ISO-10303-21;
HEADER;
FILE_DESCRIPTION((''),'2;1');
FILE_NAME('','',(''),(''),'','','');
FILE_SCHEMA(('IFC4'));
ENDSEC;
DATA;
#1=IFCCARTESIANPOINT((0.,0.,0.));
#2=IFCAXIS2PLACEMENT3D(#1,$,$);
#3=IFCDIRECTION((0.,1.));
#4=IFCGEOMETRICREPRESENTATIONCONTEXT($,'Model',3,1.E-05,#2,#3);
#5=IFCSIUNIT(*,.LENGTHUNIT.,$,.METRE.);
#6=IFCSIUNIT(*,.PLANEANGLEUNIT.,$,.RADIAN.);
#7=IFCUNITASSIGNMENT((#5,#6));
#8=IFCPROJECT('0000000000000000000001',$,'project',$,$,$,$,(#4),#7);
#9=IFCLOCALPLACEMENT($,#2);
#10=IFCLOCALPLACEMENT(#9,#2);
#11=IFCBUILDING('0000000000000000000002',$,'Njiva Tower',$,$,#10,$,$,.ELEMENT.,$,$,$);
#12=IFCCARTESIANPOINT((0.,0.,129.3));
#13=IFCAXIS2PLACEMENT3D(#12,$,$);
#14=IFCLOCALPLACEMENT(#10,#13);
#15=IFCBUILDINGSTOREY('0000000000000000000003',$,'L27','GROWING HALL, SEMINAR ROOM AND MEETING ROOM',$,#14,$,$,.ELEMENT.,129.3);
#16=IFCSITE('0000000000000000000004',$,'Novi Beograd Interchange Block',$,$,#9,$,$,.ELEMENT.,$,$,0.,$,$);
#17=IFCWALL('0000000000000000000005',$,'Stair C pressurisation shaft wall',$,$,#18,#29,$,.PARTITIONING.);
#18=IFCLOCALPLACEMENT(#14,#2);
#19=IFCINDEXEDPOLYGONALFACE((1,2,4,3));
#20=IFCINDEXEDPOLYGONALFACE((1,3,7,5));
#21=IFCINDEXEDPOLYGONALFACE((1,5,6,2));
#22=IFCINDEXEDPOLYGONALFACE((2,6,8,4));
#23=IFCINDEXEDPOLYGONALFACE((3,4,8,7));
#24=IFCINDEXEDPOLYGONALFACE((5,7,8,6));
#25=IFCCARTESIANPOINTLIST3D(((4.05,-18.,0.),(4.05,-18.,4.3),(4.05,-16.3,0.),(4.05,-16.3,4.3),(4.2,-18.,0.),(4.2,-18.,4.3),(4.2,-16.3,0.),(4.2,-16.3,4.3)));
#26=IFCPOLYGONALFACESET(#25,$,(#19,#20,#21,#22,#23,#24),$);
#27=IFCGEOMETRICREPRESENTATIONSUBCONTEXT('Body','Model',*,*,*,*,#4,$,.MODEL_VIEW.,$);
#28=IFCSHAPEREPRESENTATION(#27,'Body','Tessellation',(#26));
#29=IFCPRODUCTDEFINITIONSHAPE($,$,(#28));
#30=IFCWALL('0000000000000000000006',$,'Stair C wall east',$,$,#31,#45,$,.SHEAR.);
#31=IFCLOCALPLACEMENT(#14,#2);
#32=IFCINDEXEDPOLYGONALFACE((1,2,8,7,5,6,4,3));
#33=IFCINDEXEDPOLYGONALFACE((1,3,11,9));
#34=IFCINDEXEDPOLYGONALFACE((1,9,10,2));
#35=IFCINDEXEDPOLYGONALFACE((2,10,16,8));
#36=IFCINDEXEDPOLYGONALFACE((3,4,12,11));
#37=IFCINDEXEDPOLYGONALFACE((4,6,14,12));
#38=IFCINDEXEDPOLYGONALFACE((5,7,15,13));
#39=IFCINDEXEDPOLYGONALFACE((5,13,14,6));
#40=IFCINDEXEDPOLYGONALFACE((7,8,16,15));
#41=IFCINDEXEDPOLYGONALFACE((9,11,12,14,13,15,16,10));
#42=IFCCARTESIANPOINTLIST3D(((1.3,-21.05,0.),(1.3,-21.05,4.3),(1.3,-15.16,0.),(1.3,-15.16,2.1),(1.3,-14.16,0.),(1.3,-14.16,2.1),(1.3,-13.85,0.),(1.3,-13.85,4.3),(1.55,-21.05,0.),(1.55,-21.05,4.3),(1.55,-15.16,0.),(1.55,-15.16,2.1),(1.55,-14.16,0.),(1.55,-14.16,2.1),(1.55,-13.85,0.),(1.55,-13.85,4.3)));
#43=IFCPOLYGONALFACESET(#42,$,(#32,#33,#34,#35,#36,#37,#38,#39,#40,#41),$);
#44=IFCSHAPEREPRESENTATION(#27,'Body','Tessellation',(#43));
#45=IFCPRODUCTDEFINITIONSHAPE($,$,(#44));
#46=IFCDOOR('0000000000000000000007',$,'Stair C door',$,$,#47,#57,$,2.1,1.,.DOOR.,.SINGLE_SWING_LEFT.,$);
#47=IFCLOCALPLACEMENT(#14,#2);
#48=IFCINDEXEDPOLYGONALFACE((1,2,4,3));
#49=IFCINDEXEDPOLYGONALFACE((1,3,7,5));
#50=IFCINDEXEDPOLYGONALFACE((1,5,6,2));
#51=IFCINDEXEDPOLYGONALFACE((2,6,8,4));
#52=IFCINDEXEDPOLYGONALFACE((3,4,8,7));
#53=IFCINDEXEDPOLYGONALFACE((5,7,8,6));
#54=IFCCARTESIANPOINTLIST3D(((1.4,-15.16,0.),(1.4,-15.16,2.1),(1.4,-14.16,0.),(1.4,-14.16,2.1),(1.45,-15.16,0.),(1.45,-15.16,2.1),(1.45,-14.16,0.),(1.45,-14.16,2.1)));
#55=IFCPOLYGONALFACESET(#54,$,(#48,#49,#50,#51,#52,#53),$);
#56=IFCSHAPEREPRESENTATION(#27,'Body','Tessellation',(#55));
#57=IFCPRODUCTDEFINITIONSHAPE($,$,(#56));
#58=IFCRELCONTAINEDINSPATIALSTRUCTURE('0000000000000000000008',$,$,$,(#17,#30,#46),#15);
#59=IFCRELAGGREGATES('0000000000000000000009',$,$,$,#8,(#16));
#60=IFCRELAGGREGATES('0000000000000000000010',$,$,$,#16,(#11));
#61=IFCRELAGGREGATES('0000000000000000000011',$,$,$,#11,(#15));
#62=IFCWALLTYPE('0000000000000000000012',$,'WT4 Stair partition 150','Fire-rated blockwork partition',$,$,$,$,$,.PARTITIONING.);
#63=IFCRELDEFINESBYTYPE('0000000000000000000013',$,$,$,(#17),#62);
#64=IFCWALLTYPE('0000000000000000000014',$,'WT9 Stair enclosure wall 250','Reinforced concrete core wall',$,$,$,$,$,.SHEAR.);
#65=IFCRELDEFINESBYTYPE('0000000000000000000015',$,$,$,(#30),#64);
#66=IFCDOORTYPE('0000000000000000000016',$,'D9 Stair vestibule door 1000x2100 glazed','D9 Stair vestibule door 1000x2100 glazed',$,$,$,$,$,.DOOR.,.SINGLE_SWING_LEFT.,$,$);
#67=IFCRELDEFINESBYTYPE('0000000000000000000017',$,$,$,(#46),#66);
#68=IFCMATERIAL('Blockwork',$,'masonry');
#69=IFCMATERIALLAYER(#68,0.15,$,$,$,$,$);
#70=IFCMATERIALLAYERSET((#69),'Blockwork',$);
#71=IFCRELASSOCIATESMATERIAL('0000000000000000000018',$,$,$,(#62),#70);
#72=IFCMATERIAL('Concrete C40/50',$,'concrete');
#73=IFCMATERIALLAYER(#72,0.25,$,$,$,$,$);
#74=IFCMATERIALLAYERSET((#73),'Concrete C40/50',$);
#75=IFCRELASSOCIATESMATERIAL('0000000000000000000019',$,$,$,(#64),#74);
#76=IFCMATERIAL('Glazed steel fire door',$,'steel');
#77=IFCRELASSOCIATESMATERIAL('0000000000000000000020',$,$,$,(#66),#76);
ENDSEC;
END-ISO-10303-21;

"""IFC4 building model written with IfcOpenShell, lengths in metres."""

from ifc_helpers import new_model, si_unit, direction, frame, frame_2d, origin, place, context, subcontext, project, spatial, rectangle, extrude, material, layer, layer_set, type_object, element, fill, save


model = new_model("IFC4")

# Units and contexts
model_context = context("Model", 3, precision=1e-05, world=origin(), true_north=direction((0.0, 1.0)))
body_context = subcontext(model_context, "Body", "Model", "MODEL_VIEW")
ifc_project = project(units=[si_unit("LENGTHUNIT", "METRE"), si_unit("PLANEANGLEUNIT", "RADIAN")], contexts=[model_context])

# Site, building, storey
site_placement = place(None, origin())
site = spatial("IfcSite", under=ifc_project, at=site_placement, Name="Novi Beograd Interchange Block", CompositionType="ELEMENT", RefElevation=0.0)
building_placement = place(site_placement, origin())
building = spatial("IfcBuilding", under=site, at=building_placement, Name="Njiva Tower", CompositionType="ELEMENT")
storey_placement = place(building_placement, frame((0.0, 0.0, 129.3)))
storey = spatial("IfcBuildingStorey", under=building, at=storey_placement, Name="L27", Description="GROWING HALL, SEMINAR ROOM AND MEETING ROOM", CompositionType="ELEMENT", Elevation=129.3)

# Wall
ifc_material_1 = material(Name="Blockwork", Category="masonry")
ifc_layer_1 = layer(ifc_material_1, 0.15)
ifc_layer_set_1 = layer_set([ifc_layer_1], Name="Blockwork")
wall_type_1 = type_object("IfcWallType", Name="WT4 Stair partition 150", Description="Fire-rated blockwork partition", PredefinedType="PARTITIONING", material=ifc_layer_set_1)
wall_1_placement = place(storey_placement, frame((4.125, -18.0, 0.0), z_axis=(0.0, 0.0, 1.0), x_axis=(0.0, 1.0, 0.0)))
element("IfcWall", 1, at=wall_1_placement, inside=storey, type_object=wall_type_1, Name="Stair C pressurisation shaft wall", PredefinedType="PARTITIONING", context=body_context, shape_type="SweptSolid", body=[
    extrude(rectangle(XDim=1.7, YDim=0.15, at=frame_2d((0.85, 0.0))), origin(), (0.0, 0.0, 1.0), 4.3),
])

# Wall, opening, door
ifc_material_2 = material(Name="Concrete C40/50", Category="concrete")
ifc_layer_2 = layer(ifc_material_2, 0.25)
ifc_layer_set_2 = layer_set([ifc_layer_2], Name="Concrete C40/50")
wall_type_2 = type_object("IfcWallType", Name="WT9 Stair enclosure wall 250", Description="Reinforced concrete core wall", PredefinedType="SHEAR", material=ifc_layer_set_2)
wall_2_placement = place(storey_placement, frame((1.425, -21.05, 0.0), z_axis=(0.0, 0.0, 1.0), x_axis=(0.0, 1.0, 0.0)))
wall_2 = element("IfcWall", 2, at=wall_2_placement, inside=storey, type_object=wall_type_2, Name="Stair C wall east", PredefinedType="SHEAR", context=body_context, shape_type="SweptSolid", body=[
    extrude(rectangle(XDim=7.2, YDim=0.25, at=frame_2d((3.6, 0.0))), origin(), (0.0, 0.0, 1.0), 4.3),
])
opening_1_placement = place(wall_2_placement, frame((5.89, 0.0, 0.0)))
opening_1 = element("IfcOpeningElement", 3, at=opening_1_placement, cuts=wall_2, PredefinedType="OPENING", context=body_context, shape_type="SweptSolid", body=[
    extrude(rectangle(XDim=1.0, YDim=2.1, at=frame_2d((0.5, 1.05))), frame((0.0, 0.135, 0.0), z_axis=(0.0, -1.0, 0.0), x_axis=(1.0, 0.0, 0.0)), (0.0, 0.0, 1.0), 0.27),
])
ifc_material_3 = material(Name="Glazed steel fire door", Category="steel")
door_type = type_object("IfcDoorType", Name="D9 Stair vestibule door 1000x2100 glazed", Description="D9 Stair vestibule door 1000x2100 glazed", OperationType="SINGLE_SWING_LEFT", PredefinedType="DOOR", material=ifc_material_3)
door_placement = place(opening_1_placement, origin())
door = element("IfcDoor", 4, at=door_placement, inside=storey, type_object=door_type, Name="Stair C door", OperationType="SINGLE_SWING_LEFT", OverallHeight=2.1, OverallWidth=1.0, PredefinedType="DOOR", context=body_context, shape_type="SweptSolid", body=[
    extrude(rectangle(XDim=1.0, YDim=2.1, at=frame_2d((0.5, 1.05))), frame((0.0, 0.025, 0.0), z_axis=(0.0, -1.0, 0.0), x_axis=(1.0, 0.0, 0.0)), (0.0, 0.0, 1.0), 0.05),
])
fill(opening_1, door)

save(model, "model.ifc")
